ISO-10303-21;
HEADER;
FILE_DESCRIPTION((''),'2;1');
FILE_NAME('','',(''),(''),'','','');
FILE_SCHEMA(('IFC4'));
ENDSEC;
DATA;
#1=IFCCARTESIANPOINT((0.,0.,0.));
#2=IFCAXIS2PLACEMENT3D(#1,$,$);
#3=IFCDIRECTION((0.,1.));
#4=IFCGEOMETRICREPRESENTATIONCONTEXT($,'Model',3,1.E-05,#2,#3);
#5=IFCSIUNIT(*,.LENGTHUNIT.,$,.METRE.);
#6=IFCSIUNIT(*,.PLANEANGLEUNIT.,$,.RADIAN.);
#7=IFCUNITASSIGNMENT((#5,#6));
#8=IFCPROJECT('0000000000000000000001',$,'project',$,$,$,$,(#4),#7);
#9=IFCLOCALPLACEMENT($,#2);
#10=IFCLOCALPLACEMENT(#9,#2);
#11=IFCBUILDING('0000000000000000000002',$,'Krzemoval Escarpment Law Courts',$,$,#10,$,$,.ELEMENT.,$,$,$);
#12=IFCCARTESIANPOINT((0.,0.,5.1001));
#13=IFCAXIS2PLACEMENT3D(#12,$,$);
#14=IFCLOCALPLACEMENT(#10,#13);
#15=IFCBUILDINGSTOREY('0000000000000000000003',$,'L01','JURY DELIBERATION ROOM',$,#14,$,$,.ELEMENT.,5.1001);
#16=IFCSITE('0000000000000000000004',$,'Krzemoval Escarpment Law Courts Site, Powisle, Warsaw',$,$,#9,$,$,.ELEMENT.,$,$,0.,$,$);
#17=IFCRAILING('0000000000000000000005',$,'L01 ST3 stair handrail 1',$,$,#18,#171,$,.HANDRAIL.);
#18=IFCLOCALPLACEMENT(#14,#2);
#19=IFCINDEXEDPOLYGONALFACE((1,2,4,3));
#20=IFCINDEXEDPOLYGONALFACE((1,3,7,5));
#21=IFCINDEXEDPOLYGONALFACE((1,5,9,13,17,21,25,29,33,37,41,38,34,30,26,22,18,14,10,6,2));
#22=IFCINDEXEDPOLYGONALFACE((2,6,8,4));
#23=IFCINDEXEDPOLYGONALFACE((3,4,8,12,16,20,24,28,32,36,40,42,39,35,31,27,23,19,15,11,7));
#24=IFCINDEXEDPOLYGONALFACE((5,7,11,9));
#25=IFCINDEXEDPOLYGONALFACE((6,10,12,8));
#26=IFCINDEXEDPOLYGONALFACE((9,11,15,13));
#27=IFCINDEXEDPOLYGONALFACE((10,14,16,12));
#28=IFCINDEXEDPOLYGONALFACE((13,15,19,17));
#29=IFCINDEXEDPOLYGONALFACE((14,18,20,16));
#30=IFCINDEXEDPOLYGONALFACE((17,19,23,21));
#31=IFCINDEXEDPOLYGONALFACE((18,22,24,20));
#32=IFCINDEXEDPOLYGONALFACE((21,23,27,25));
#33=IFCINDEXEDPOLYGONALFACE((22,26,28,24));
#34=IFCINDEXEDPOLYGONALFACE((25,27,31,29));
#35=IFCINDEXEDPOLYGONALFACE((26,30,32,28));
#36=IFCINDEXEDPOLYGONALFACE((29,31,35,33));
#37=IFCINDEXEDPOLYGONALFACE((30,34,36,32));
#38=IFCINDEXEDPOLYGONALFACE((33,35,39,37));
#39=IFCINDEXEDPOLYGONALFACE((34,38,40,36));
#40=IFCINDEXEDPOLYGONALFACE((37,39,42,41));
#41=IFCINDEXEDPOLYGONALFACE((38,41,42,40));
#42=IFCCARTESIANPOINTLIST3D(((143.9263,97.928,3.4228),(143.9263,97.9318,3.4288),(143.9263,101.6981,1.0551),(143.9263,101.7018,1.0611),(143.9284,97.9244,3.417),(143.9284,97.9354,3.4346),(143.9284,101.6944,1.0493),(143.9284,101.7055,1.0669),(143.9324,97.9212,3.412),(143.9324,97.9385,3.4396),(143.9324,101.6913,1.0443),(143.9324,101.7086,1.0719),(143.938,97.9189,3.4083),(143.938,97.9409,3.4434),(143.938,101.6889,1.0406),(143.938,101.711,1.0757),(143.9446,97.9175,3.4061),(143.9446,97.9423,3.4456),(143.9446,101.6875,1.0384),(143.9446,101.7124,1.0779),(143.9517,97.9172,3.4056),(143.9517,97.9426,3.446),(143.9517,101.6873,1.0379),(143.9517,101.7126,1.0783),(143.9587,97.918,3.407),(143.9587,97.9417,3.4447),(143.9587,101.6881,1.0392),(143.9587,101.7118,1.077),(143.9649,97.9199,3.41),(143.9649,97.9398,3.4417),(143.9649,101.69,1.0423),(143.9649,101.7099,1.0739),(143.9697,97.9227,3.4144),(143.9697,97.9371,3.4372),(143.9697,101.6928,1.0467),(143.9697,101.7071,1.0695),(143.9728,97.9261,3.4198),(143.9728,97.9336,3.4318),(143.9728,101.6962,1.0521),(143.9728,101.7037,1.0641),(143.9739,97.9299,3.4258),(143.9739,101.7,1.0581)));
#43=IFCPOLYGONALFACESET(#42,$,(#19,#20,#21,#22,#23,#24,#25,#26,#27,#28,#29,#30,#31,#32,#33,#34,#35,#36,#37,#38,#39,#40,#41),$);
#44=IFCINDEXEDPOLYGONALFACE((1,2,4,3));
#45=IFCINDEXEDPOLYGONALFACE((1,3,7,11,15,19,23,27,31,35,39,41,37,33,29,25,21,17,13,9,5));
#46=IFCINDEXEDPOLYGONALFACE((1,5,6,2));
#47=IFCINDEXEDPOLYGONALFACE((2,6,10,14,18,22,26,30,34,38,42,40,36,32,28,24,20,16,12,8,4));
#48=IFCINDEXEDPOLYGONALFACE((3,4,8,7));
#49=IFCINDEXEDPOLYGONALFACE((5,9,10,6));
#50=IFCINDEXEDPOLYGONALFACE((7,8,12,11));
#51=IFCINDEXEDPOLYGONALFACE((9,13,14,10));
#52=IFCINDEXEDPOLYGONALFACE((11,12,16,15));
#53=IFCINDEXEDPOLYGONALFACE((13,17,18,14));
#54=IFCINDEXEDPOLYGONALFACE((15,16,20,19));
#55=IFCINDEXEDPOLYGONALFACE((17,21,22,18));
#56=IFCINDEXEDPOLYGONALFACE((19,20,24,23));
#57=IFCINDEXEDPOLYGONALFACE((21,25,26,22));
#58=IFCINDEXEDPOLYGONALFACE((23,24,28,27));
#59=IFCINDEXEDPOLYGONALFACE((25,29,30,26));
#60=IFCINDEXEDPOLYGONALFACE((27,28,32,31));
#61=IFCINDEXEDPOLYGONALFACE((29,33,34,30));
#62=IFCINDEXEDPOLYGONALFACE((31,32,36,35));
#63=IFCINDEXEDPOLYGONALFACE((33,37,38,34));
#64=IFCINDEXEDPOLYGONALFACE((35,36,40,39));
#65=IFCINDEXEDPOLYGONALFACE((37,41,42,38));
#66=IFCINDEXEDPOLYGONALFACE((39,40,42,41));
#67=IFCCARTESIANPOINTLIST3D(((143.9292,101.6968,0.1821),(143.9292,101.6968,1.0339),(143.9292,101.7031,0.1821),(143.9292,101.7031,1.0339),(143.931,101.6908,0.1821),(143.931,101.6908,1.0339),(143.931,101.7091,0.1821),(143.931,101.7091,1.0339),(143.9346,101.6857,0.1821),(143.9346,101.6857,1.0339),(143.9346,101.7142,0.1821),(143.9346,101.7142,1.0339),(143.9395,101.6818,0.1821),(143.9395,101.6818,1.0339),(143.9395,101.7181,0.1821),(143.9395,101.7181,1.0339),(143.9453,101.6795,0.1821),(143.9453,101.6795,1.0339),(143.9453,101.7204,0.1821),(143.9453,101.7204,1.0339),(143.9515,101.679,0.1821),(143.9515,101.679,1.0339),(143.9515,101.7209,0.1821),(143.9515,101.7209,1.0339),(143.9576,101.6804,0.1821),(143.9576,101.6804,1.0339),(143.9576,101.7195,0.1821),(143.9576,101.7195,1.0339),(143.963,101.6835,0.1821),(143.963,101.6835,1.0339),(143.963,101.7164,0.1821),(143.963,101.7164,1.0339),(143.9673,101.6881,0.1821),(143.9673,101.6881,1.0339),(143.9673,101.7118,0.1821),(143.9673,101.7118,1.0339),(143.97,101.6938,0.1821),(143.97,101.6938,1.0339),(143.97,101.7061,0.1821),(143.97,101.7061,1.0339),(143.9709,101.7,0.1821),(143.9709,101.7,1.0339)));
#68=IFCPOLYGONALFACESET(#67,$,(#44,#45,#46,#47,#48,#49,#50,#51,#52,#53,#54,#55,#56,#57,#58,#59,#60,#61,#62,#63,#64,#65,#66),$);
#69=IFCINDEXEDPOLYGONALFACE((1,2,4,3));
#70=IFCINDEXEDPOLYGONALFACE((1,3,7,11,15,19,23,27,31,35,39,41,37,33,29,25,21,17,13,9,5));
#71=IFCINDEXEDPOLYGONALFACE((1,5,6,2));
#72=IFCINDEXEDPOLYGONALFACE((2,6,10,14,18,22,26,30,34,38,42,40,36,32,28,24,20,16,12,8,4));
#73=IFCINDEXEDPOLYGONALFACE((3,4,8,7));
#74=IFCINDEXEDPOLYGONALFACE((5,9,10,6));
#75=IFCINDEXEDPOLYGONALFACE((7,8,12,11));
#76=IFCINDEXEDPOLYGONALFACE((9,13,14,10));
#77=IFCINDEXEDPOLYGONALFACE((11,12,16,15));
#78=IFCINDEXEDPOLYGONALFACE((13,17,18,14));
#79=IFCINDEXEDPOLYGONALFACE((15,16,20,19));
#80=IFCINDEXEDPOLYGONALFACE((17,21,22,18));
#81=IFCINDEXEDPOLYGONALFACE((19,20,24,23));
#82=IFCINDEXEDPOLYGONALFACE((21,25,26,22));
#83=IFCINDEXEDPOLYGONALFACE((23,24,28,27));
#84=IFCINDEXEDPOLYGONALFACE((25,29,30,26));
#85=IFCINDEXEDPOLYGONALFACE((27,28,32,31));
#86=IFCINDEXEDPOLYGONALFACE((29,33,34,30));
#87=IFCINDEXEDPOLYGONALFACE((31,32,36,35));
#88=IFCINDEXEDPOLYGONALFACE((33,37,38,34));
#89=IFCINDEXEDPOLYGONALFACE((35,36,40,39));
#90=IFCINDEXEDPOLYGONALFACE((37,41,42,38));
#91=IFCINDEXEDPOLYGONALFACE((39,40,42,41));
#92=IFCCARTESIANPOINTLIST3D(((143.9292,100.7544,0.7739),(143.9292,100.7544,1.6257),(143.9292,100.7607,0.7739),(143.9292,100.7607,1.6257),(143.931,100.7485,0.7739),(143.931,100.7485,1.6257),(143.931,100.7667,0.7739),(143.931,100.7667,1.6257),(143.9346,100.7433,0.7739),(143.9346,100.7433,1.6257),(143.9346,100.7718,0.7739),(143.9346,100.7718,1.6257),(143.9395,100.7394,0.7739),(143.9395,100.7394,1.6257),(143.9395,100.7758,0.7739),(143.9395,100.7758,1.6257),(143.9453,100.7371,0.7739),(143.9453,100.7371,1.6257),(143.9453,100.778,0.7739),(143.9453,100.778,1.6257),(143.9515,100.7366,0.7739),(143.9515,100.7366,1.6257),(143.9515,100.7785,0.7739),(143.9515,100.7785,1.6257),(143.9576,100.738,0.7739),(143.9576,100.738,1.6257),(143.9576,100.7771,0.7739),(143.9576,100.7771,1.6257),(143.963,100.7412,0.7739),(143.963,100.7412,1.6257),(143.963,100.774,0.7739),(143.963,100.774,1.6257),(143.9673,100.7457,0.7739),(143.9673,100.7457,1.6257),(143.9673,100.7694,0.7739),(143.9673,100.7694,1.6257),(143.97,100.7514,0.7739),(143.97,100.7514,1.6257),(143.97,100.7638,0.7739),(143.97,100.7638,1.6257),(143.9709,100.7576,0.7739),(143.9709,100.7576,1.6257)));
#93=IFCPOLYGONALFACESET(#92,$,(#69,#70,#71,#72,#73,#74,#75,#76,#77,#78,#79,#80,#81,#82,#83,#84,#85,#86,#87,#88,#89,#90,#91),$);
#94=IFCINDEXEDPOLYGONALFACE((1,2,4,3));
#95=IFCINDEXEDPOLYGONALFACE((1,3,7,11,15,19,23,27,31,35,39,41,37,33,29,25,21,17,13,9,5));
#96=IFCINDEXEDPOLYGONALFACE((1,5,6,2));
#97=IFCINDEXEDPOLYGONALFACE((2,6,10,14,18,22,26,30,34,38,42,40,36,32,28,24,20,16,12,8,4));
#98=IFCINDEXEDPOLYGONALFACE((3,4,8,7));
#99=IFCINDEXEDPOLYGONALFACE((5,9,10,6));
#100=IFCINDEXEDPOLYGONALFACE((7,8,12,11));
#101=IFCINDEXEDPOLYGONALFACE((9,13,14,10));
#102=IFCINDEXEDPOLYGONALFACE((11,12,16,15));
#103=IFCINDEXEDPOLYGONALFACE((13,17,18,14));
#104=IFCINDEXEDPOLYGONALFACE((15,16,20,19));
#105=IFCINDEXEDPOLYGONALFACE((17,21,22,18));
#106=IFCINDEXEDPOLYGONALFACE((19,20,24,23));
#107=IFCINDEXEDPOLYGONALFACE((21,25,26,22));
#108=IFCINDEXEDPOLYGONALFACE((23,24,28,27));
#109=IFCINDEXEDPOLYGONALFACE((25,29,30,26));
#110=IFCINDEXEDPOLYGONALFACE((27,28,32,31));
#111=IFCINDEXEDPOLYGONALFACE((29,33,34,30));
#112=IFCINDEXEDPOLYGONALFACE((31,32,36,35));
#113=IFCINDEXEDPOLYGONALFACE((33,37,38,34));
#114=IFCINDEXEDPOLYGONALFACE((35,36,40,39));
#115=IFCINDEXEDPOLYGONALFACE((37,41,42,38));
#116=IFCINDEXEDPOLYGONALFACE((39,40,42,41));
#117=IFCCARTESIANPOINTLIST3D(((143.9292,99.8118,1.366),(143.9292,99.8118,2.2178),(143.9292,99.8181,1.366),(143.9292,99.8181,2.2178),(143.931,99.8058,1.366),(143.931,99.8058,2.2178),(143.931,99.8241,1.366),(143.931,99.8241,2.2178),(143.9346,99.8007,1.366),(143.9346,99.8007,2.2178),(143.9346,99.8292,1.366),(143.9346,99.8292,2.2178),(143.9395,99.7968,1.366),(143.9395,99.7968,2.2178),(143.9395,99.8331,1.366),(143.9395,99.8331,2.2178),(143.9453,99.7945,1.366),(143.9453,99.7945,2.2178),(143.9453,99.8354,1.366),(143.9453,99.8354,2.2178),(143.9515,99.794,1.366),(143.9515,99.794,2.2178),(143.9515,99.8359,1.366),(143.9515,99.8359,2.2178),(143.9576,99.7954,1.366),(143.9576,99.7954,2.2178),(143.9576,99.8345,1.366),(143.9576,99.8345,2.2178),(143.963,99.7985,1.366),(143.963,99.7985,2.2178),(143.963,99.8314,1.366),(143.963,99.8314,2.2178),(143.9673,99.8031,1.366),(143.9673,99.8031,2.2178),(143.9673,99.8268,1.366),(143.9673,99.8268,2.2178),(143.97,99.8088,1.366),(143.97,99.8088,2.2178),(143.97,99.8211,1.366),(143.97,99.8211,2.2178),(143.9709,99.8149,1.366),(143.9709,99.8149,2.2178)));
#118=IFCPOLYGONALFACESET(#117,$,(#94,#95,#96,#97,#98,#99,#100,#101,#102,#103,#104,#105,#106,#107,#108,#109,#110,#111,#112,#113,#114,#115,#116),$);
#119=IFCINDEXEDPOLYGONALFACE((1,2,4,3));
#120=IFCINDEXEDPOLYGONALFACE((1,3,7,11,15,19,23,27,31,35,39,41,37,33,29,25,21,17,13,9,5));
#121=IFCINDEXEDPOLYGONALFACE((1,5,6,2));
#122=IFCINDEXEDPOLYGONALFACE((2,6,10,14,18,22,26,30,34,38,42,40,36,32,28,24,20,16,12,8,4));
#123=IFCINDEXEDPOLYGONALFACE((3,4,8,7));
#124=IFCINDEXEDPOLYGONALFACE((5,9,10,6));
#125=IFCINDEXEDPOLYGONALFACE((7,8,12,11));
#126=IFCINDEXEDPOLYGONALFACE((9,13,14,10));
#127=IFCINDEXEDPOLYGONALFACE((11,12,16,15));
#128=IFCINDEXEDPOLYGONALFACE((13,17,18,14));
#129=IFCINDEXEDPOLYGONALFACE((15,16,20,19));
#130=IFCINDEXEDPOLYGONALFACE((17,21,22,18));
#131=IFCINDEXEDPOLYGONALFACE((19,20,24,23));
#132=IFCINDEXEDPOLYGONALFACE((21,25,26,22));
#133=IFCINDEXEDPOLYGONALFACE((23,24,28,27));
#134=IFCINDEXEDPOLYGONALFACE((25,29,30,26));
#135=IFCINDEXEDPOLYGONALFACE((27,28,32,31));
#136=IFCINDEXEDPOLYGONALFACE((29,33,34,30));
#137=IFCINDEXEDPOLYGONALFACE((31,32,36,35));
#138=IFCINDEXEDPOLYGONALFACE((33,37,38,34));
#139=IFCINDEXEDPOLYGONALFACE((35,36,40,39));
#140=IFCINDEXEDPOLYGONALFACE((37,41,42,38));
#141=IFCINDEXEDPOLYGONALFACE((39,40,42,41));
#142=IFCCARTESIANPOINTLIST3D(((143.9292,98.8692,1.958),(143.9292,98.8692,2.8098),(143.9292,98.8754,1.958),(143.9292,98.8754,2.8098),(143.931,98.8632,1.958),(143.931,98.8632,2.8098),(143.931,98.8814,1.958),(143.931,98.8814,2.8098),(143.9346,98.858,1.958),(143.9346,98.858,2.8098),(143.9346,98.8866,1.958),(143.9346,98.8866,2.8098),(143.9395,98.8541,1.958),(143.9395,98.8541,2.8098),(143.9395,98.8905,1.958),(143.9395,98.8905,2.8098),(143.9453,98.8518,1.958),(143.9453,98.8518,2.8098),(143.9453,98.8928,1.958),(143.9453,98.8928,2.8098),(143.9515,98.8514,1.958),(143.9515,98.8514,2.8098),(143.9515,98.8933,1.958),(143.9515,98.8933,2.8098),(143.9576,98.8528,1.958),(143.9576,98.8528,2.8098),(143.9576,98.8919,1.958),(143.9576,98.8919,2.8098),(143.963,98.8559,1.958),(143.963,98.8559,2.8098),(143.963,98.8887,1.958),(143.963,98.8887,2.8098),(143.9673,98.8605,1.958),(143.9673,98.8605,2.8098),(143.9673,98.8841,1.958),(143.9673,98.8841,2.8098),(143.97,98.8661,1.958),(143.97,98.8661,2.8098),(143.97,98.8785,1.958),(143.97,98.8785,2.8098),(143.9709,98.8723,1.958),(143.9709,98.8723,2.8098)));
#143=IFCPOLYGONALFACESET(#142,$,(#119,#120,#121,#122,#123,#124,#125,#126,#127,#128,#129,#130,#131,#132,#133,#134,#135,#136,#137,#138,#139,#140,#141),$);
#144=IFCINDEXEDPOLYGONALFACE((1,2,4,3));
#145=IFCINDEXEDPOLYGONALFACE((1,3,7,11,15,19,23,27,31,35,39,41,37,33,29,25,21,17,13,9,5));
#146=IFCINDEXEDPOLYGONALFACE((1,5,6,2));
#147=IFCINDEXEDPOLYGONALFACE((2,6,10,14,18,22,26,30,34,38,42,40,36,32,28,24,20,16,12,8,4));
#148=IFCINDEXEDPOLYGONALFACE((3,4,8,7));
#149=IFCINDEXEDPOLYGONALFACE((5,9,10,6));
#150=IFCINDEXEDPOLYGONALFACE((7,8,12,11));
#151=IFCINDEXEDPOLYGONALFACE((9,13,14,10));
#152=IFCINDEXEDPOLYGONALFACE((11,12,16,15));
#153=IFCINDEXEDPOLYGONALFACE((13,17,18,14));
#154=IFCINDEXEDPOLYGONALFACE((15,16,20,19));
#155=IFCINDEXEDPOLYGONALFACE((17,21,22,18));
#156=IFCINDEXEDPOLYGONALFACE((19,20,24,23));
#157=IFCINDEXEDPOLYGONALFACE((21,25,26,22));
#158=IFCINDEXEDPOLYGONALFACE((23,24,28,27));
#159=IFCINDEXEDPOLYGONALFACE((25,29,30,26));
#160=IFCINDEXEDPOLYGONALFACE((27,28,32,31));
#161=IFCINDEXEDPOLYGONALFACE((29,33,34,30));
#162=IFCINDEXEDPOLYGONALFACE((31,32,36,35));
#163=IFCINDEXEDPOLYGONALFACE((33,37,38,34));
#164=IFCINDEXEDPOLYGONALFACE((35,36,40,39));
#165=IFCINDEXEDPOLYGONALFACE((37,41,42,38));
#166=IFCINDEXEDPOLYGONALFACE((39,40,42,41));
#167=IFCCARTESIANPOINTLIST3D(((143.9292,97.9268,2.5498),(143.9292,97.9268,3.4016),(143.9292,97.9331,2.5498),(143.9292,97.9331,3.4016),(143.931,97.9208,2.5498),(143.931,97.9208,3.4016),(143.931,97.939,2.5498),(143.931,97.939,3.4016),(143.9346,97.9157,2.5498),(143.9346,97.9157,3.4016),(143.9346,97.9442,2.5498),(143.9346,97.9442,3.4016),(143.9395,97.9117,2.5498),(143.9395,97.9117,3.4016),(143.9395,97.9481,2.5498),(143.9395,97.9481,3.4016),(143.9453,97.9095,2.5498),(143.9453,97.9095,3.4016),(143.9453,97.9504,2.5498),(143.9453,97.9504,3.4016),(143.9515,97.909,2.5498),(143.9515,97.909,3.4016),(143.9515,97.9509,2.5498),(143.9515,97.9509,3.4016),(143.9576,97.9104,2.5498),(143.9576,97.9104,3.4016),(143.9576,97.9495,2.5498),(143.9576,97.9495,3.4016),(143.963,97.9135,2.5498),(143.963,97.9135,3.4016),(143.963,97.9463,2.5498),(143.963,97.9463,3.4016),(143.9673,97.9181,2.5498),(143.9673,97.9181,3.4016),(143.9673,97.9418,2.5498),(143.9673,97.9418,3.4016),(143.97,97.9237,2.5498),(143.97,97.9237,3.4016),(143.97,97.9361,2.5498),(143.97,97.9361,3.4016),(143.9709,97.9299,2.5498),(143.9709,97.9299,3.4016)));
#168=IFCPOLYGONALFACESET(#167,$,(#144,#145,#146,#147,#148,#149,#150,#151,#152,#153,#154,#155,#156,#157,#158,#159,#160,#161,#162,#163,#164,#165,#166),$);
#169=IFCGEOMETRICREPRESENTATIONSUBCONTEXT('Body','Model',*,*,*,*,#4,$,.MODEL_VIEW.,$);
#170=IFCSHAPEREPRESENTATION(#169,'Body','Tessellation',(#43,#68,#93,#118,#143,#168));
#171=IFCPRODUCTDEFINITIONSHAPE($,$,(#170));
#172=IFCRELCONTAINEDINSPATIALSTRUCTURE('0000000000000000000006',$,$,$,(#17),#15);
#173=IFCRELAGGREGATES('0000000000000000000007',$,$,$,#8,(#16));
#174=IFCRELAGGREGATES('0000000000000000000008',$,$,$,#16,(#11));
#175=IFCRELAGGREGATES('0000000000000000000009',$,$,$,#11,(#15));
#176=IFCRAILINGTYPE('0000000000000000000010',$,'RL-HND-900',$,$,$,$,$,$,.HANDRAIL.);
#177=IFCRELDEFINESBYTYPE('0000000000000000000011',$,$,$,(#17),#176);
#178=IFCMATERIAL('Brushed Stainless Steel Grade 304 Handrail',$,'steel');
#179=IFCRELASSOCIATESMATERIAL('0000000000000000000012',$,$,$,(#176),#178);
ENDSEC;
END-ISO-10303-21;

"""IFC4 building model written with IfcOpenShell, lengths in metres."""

from ifc_helpers import new_model, si_unit, direction, frame, origin, origin_2d, place, context, subcontext, project, spatial, circle, extrude, material, type_object, element, save


model = new_model("IFC4")

# Units and contexts
model_context = context("Model", 3, precision=1e-05, world=origin(), true_north=direction((0.0, 1.0)))
body_context = subcontext(model_context, "Body", "Model", "MODEL_VIEW")
ifc_project = project(units=[si_unit("LENGTHUNIT", "METRE"), si_unit("PLANEANGLEUNIT", "RADIAN")], contexts=[model_context])

# Site, building, storey
site_placement = place(None, origin())
site = spatial("IfcSite", under=ifc_project, at=site_placement, Name="Krzemoval Escarpment Law Courts Site, Powisle, Warsaw", CompositionType="ELEMENT", RefElevation=0.0)
building_placement = place(site_placement, origin())
building = spatial("IfcBuilding", under=site, at=building_placement, Name="Krzemoval Escarpment Law Courts", CompositionType="ELEMENT")
storey_placement = place(building_placement, frame((0.0, 0.0, 5.1001)))
storey = spatial("IfcBuildingStorey", under=building, at=storey_placement, Name="L01", Description="JURY DELIBERATION ROOM", CompositionType="ELEMENT", Elevation=5.1001)

# Railing
ifc_material_1 = material(Name="Brushed Stainless Steel Grade 304 Handrail", Category="steel")
railing_type_1 = type_object("IfcRailingType", Name="RL-HND-900", PredefinedType="HANDRAIL", material=ifc_material_1)
railing_1_placement = place(storey_placement, frame((143.95, 101.7, 0.1821)))
element("IfcRailing", 1, at=railing_1_placement, inside=storey, type_object=railing_type_1, Name="L01 ST3 stair handrail 1", PredefinedType="HANDRAIL", context=body_context, shape_type="SweptSolid", body=[
    extrude(circle(Radius=0.0239, at=origin_2d()), frame((0.0, 0.0, 0.876), z_axis=(0.0, -0.846844, 0.531841), x_axis=(1.0, 0.0, 0.0)), (0.0, 0.0, 1.0), 4.4519),
    extrude(circle(Radius=0.021, at=origin_2d()), origin(), (0.0, 0.0, 1.0), 0.8518),
    extrude(circle(Radius=0.021, at=origin_2d()), frame((0.0, -0.9424, 0.5918)), (0.0, 0.0, 1.0), 0.8518),
    extrude(circle(Radius=0.021, at=origin_2d()), frame((0.0, -1.885, 1.1838)), (0.0, 0.0, 1.0), 0.8518),
    extrude(circle(Radius=0.021, at=origin_2d()), frame((0.0, -2.8276, 1.7759)), (0.0, 0.0, 1.0), 0.8518),
    extrude(circle(Radius=0.021, at=origin_2d()), frame((0.0, -3.77, 2.3677)), (0.0, 0.0, 1.0), 0.8518),
])

save(model, "model.ifc")
